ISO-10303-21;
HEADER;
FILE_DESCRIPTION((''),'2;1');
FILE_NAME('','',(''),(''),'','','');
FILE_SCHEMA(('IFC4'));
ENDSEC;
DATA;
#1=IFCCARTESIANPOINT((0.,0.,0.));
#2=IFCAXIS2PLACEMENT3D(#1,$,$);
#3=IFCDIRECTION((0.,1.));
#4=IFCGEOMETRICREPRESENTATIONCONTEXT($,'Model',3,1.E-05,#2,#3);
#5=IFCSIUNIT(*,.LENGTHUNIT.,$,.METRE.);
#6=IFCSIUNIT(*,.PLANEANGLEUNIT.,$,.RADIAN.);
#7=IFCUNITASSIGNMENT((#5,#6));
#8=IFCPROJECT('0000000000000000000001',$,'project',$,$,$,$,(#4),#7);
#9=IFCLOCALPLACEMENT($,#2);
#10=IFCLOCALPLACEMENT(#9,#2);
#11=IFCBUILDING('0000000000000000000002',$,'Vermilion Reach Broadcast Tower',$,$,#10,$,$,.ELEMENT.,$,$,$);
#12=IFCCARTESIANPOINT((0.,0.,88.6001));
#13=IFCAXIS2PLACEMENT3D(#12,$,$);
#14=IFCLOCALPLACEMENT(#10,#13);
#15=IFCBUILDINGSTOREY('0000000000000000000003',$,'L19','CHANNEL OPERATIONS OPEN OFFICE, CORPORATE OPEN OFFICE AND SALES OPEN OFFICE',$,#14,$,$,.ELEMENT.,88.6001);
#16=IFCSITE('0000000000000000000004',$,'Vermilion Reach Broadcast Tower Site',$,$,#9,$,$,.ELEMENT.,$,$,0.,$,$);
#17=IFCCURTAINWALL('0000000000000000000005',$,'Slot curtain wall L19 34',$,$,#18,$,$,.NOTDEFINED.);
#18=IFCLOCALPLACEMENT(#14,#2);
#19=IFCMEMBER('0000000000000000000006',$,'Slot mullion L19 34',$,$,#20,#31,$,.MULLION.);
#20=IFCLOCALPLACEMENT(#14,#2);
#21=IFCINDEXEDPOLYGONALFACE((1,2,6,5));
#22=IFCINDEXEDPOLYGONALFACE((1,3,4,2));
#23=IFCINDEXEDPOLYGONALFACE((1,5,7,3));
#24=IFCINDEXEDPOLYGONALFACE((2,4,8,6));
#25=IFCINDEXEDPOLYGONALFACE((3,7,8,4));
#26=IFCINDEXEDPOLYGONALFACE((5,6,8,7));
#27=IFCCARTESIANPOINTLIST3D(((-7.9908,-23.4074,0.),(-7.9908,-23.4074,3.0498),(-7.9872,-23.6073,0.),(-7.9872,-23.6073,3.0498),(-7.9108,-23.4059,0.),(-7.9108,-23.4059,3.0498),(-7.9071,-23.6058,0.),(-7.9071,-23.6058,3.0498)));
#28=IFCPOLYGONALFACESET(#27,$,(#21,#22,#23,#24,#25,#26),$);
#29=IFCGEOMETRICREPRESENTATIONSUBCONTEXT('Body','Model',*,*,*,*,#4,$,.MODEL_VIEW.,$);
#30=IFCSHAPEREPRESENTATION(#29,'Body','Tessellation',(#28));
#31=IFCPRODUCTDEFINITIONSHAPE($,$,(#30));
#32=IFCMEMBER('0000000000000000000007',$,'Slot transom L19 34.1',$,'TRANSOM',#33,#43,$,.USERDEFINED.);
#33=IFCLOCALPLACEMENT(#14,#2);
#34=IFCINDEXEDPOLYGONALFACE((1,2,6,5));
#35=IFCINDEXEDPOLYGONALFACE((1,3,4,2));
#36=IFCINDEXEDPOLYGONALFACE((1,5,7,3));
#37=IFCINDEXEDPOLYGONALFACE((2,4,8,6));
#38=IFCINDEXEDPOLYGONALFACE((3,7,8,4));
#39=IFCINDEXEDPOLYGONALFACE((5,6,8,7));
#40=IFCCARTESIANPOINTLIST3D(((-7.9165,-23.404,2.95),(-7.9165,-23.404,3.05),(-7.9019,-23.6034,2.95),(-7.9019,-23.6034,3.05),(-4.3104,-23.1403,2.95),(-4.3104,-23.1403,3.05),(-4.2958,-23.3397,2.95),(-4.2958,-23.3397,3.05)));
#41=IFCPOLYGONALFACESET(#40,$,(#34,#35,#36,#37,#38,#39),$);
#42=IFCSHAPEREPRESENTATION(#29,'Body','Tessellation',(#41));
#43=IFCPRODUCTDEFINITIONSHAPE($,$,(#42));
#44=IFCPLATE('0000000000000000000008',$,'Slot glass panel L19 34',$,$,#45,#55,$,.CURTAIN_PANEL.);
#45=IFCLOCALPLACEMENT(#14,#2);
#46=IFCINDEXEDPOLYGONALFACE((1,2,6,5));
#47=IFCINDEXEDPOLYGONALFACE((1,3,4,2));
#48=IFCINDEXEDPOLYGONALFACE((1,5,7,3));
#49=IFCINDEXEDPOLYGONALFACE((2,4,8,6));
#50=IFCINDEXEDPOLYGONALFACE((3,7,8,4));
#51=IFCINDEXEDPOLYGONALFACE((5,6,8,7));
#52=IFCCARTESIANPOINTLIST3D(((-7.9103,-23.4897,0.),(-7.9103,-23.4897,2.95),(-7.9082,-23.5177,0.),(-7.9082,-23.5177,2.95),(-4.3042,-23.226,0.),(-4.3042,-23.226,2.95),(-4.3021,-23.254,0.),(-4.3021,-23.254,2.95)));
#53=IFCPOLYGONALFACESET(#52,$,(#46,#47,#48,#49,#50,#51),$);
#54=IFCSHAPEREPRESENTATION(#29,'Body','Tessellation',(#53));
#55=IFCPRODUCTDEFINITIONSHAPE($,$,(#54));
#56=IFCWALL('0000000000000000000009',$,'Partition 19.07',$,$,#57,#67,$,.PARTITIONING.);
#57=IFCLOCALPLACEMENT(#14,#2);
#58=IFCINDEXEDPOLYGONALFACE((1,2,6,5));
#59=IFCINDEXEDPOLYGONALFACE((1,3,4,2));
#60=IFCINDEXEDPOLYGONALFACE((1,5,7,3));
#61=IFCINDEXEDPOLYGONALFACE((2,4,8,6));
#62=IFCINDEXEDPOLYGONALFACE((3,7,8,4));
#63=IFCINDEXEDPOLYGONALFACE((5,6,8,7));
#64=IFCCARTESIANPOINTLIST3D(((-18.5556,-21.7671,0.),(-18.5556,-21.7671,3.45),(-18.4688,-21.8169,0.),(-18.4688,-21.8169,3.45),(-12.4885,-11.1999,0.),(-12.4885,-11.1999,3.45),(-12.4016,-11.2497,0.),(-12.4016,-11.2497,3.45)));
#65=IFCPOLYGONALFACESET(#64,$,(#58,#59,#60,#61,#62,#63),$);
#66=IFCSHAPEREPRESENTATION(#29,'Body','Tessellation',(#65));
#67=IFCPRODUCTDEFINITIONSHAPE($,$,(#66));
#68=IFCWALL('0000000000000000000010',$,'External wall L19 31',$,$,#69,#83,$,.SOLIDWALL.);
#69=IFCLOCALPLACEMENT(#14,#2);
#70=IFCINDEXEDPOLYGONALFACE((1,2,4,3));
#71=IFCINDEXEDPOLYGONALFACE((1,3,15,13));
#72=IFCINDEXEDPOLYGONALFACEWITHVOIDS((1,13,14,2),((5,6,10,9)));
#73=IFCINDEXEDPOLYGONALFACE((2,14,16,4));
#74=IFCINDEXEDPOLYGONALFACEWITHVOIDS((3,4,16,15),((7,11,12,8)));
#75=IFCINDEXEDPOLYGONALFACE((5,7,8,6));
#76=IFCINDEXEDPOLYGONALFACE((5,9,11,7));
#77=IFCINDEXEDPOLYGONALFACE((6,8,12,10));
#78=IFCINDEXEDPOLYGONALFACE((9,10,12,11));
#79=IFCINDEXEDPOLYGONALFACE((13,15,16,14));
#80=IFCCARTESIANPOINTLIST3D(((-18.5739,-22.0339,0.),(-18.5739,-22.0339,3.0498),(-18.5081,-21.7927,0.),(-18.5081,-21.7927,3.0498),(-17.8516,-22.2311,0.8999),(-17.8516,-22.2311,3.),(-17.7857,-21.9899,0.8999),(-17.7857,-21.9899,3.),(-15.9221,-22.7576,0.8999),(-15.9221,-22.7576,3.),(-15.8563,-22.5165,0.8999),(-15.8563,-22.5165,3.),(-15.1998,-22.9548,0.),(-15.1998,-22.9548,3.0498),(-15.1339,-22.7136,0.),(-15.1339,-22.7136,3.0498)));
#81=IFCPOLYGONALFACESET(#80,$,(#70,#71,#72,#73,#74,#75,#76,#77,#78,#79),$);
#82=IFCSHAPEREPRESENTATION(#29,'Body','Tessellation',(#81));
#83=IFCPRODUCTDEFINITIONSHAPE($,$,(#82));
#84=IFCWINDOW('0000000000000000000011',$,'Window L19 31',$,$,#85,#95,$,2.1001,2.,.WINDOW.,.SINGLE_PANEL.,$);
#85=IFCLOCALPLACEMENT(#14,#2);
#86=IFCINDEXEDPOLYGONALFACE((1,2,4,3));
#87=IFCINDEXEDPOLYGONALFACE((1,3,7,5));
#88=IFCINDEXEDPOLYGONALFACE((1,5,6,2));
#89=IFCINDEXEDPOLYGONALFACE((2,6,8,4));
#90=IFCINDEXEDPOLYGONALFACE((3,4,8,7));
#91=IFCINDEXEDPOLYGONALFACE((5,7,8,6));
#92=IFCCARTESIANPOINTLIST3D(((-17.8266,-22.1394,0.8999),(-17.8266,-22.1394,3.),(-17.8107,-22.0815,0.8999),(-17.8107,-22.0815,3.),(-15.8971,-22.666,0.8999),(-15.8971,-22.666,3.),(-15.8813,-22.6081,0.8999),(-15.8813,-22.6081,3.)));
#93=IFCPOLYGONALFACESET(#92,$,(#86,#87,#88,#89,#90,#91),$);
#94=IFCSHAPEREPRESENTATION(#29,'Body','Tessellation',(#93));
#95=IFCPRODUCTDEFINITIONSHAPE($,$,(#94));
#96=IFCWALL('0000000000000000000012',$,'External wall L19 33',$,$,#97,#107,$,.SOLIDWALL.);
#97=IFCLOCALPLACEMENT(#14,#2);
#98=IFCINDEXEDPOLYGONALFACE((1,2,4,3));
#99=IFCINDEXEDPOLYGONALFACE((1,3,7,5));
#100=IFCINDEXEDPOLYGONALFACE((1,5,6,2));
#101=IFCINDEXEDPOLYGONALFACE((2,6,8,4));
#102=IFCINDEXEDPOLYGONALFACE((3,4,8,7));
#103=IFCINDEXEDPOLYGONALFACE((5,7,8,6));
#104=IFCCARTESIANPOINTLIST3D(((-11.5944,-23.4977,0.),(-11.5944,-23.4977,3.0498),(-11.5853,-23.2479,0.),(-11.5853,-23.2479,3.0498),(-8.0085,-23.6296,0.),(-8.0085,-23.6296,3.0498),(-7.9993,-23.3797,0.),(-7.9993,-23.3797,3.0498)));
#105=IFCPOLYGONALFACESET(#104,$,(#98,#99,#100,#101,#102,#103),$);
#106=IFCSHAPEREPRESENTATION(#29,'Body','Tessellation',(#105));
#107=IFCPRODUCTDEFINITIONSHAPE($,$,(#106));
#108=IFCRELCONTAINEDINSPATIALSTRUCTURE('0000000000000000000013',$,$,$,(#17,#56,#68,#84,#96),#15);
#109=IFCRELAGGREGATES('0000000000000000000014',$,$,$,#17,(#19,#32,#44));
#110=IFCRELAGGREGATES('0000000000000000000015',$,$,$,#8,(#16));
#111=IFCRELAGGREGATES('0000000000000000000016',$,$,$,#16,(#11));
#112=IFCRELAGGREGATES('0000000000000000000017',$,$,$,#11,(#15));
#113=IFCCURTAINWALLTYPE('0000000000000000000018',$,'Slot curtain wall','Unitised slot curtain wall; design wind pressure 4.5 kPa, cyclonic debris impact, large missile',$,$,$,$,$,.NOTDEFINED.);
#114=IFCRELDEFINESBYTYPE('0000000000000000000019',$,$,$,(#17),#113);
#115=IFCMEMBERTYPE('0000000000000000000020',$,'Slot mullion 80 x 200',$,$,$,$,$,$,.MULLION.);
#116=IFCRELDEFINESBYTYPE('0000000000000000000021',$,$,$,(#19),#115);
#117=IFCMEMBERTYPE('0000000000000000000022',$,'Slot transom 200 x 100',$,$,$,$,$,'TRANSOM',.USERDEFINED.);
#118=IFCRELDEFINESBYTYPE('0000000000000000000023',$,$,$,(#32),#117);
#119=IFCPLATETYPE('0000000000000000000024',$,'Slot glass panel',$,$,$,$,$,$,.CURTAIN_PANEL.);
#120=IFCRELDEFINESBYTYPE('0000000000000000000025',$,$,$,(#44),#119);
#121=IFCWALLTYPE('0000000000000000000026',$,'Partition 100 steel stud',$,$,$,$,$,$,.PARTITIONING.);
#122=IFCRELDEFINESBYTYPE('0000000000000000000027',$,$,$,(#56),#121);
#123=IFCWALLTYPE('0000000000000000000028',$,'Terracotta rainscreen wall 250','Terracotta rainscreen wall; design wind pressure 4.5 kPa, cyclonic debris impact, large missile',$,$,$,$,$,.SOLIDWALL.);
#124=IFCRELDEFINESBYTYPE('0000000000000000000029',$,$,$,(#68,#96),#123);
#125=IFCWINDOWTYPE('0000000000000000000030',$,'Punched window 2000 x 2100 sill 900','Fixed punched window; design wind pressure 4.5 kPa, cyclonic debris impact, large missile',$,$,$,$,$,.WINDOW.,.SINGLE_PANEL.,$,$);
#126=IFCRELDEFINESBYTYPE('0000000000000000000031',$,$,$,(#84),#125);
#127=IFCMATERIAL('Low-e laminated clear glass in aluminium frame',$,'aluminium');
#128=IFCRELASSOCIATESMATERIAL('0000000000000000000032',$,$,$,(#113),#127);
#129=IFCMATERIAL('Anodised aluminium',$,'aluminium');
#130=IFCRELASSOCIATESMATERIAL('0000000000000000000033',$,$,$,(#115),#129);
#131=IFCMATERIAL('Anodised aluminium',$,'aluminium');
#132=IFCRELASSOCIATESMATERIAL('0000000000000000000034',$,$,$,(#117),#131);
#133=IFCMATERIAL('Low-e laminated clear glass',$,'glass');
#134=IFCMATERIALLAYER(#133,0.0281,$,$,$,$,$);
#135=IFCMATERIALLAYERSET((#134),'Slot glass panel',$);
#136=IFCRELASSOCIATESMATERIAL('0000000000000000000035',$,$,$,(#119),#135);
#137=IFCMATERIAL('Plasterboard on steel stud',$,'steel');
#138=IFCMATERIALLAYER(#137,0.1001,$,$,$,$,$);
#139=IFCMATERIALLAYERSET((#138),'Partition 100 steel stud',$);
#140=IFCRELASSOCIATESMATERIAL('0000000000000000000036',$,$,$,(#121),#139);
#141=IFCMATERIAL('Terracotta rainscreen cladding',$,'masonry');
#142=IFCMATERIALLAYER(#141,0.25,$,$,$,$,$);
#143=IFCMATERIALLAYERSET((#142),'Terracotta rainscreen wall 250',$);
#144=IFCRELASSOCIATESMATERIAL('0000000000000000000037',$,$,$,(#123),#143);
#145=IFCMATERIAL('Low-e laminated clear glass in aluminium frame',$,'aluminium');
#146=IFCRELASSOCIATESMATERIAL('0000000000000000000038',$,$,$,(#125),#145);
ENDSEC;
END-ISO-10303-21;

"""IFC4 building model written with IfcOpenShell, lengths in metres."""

from ifc_helpers import new_model, si_unit, direction, frame, frame_2d, origin, origin_2d, place, context, subcontext, project, spatial, rectangle, extrude, material, layer, layer_set, material_profile, profile_set, type_object, element, fill, aggregate, save


model = new_model("IFC4")

# Units and contexts
model_context = context("Model", 3, precision=1e-05, world=origin(), true_north=direction((0.0, 1.0)))
body_context = subcontext(model_context, "Body", "Model", "MODEL_VIEW")
ifc_project = project(units=[si_unit("LENGTHUNIT", "METRE"), si_unit("PLANEANGLEUNIT", "RADIAN")], contexts=[model_context])

# Site, building, storey
site_placement = place(None, origin())
site = spatial("IfcSite", under=ifc_project, at=site_placement, Name="Vermilion Reach Broadcast Tower Site", CompositionType="ELEMENT", RefElevation=0.0)
building_placement = place(site_placement, origin())
building = spatial("IfcBuilding", under=site, at=building_placement, Name="Vermilion Reach Broadcast Tower", CompositionType="ELEMENT")
storey_placement = place(building_placement, frame((0.0, 0.0, 88.6001)))
storey = spatial("IfcBuildingStorey", under=building, at=storey_placement, Name="L19", Description="CHANNEL OPERATIONS OPEN OFFICE, CORPORATE OPEN OFFICE AND SALES OPEN OFFICE", CompositionType="ELEMENT", Elevation=88.6001)

# Curtain wall, members, plate
ifc_material_1 = material(Name="Low-e laminated clear glass in aluminium frame", Category="aluminium")
curtain_wall_type = type_object("IfcCurtainWallType", Name="Slot curtain wall", Description="Unitised slot curtain wall; design wind pressure 4.5 kPa, cyclonic debris impact, large missile", PredefinedType="NOTDEFINED", material=ifc_material_1)
curtain_wall_placement = place(storey_placement, origin())
curtain_wall = element("IfcCurtainWall", 1, at=curtain_wall_placement, inside=storey, type_object=curtain_wall_type, Name="Slot curtain wall L19 34", PredefinedType="NOTDEFINED")
ifc_material_2 = material(Name="Anodised aluminium", Category="aluminium")
ifc_material_profile_1 = material_profile(ifc_material_2, rectangle(XDim=0.2, YDim=0.0801, at=origin_2d()), Name="Slot mullion 80 x 200")
ifc_profile_set_1 = profile_set([ifc_material_profile_1], Name="Anodised aluminium")
member_type_1 = type_object("IfcMemberType", Name="Slot mullion 80 x 200", PredefinedType="MULLION", material=ifc_profile_set_1)
member_1_placement = place(storey_placement, frame((-7.949, -23.5066, 0.0), z_axis=(0.0, 0.0, 1.0), x_axis=(-0.018133, 0.999836, 0.0)))
member_1 = element("IfcMember", 2, at=member_1_placement, type_object=member_type_1, Name="Slot mullion L19 34", PredefinedType="MULLION", context=body_context, shape_type="SweptSolid", body=[
    extrude(rectangle(XDim=0.2, YDim=0.0801, at=origin_2d()), origin(), (0.0, 0.0, 1.0), 3.0498),
])
ifc_material_3 = material(Name="Anodised aluminium", Category="aluminium")
ifc_material_profile_2 = material_profile(ifc_material_3, rectangle(XDim=0.2, YDim=0.1001, at=origin_2d()), Name="Slot transom 200 x 100")
ifc_profile_set_2 = profile_set([ifc_material_profile_2], Name="Anodised aluminium")
member_type_2 = type_object("IfcMemberType", Name="Slot transom 200 x 100", ElementType="TRANSOM", PredefinedType="USERDEFINED", material=ifc_profile_set_2)
member_2_placement = place(storey_placement, frame((-7.9092, -23.5037, 3.0), z_axis=(0.997338, 0.072922, 0.0), x_axis=(-0.072922, 0.997338, 0.0)))
member_2 = element("IfcMember", 3, at=member_2_placement, type_object=member_type_2, Name="Slot transom L19 34.1", ObjectType="TRANSOM", PredefinedType="USERDEFINED", context=body_context, shape_type="SweptSolid", body=[
    extrude(rectangle(XDim=0.2, YDim=0.1001, at=origin_2d()), origin(), (0.0, 0.0, 1.0), 3.6157),
])
ifc_material_4 = material(Name="Low-e laminated clear glass", Category="glass")
ifc_layer_1 = layer(ifc_material_4, 0.0281)
ifc_layer_set_1 = layer_set([ifc_layer_1], Name="Slot glass panel")
plate_type = type_object("IfcPlateType", Name="Slot glass panel", PredefinedType="CURTAIN_PANEL", material=ifc_layer_set_1)
plate_placement = place(storey_placement, frame((-6.1062, -23.3718, 0.0), z_axis=(0.0, 0.0, 1.0), x_axis=(0.997337, 0.072933, 0.0)))
plate = element("IfcPlate", 4, at=plate_placement, type_object=plate_type, Name="Slot glass panel L19 34", PredefinedType="CURTAIN_PANEL", context=body_context, shape_type="SweptSolid", body=[
    extrude(rectangle(XDim=3.6157, YDim=0.0281, at=origin_2d()), origin(), (0.0, 0.0, 1.0), 2.95),
])
aggregate(curtain_wall, [member_1, member_2, plate])

# Wall
ifc_material_5 = material(Name="Plasterboard on steel stud", Category="steel")
ifc_layer_2 = layer(ifc_material_5, 0.1001)
ifc_layer_set_2 = layer_set([ifc_layer_2], Name="Partition 100 steel stud")
wall_type_1 = type_object("IfcWallType", Name="Partition 100 steel stud", PredefinedType="PARTITIONING", material=ifc_layer_set_2)
wall_1_placement = place(storey_placement, frame((-18.5122, -21.792, 0.0), z_axis=(0.0, 0.0, 1.0), x_axis=(0.497918, 0.867224, 0.0)))
element("IfcWall", 5, at=wall_1_placement, inside=storey, type_object=wall_type_1, Name="Partition 19.07", PredefinedType="PARTITIONING", context=body_context, shape_type="SweptSolid", body=[
    extrude(rectangle(XDim=12.1851, YDim=0.1001, at=frame_2d((6.0925, 0.0))), origin(), (0.0, 0.0, 1.0), 3.45),
])

# Wall, opening, window
ifc_material_6 = material(Name="Terracotta rainscreen cladding", Category="masonry")
ifc_layer_3 = layer(ifc_material_6, 0.25)
ifc_layer_set_3 = layer_set([ifc_layer_3], Name="Terracotta rainscreen wall 250")
wall_type_2 = type_object("IfcWallType", Name="Terracotta rainscreen wall 250", Description="Terracotta rainscreen wall; design wind pressure 4.5 kPa, cyclonic debris impact, large missile", PredefinedType="SOLIDWALL", material=ifc_layer_set_3)
wall_2_placement = place(storey_placement, frame((-18.541, -21.9133, 0.0), z_axis=(0.0, 0.0, 1.0), x_axis=(0.964717, -0.263289, 0.0)))
wall_2 = element("IfcWall", 6, at=wall_2_placement, inside=storey, type_object=wall_type_2, Name="External wall L19 31", PredefinedType="SOLIDWALL", context=body_context, shape_type="SweptSolid", body=[
    extrude(rectangle(XDim=3.4976, YDim=0.25, at=frame_2d((1.7488, 0.0))), origin(), (0.0, 0.0, 1.0), 3.0498),
])
opening_1_placement = place(wall_2_placement, frame((0.7488, 0.0, 0.8999)))
opening_1 = element("IfcOpeningElement", 7, at=opening_1_placement, cuts=wall_2, PredefinedType="OPENING", context=body_context, shape_type="SweptSolid", body=[
    extrude(rectangle(XDim=2.0, YDim=2.1001, at=frame_2d((1.0, 1.05))), frame((0.0, 0.135, 0.0), z_axis=(0.0, -1.0, 0.0), x_axis=(1.0, 0.0, 0.0)), (0.0, 0.0, 1.0), 0.27),
])
ifc_material_7 = material(Name="Low-e laminated clear glass in aluminium frame", Category="aluminium")
window_type = type_object("IfcWindowType", Name="Punched window 2000 x 2100 sill 900", Description="Fixed punched window; design wind pressure 4.5 kPa, cyclonic debris impact, large missile", PartitioningType="SINGLE_PANEL", PredefinedType="WINDOW", material=ifc_material_7)
window_placement = place(opening_1_placement, origin())
window = element("IfcWindow", 8, at=window_placement, inside=storey, type_object=window_type, Name="Window L19 31", OverallHeight=2.1001, OverallWidth=2.0, PartitioningType="SINGLE_PANEL", PredefinedType="WINDOW", context=body_context, shape_type="SweptSolid", body=[
    extrude(rectangle(XDim=2.0, YDim=2.1001, at=frame_2d((1.0, 1.05))), frame((0.0, 0.03, 0.0), z_axis=(0.0, -1.0, 0.0), x_axis=(1.0, 0.0, 0.0)), (0.0, 0.0, 1.0), 0.0601),
])
fill(opening_1, window)

# Wall
wall_3_placement = place(storey_placement, frame((-11.5898, -23.3728, 0.0), z_axis=(0.0, 0.0, 1.0), x_axis=(0.999325, -0.03674, 0.0)))
element("IfcWall", 9, at=wall_3_placement, inside=storey, type_object=wall_type_2, Name="External wall L19 33", PredefinedType="SOLIDWALL", context=body_context, shape_type="SweptSolid", body=[
    extrude(rectangle(XDim=3.5884, YDim=0.25, at=frame_2d((1.7942, 0.0))), origin(), (0.0, 0.0, 1.0), 3.0498),
])

save(model, "model.ifc")
